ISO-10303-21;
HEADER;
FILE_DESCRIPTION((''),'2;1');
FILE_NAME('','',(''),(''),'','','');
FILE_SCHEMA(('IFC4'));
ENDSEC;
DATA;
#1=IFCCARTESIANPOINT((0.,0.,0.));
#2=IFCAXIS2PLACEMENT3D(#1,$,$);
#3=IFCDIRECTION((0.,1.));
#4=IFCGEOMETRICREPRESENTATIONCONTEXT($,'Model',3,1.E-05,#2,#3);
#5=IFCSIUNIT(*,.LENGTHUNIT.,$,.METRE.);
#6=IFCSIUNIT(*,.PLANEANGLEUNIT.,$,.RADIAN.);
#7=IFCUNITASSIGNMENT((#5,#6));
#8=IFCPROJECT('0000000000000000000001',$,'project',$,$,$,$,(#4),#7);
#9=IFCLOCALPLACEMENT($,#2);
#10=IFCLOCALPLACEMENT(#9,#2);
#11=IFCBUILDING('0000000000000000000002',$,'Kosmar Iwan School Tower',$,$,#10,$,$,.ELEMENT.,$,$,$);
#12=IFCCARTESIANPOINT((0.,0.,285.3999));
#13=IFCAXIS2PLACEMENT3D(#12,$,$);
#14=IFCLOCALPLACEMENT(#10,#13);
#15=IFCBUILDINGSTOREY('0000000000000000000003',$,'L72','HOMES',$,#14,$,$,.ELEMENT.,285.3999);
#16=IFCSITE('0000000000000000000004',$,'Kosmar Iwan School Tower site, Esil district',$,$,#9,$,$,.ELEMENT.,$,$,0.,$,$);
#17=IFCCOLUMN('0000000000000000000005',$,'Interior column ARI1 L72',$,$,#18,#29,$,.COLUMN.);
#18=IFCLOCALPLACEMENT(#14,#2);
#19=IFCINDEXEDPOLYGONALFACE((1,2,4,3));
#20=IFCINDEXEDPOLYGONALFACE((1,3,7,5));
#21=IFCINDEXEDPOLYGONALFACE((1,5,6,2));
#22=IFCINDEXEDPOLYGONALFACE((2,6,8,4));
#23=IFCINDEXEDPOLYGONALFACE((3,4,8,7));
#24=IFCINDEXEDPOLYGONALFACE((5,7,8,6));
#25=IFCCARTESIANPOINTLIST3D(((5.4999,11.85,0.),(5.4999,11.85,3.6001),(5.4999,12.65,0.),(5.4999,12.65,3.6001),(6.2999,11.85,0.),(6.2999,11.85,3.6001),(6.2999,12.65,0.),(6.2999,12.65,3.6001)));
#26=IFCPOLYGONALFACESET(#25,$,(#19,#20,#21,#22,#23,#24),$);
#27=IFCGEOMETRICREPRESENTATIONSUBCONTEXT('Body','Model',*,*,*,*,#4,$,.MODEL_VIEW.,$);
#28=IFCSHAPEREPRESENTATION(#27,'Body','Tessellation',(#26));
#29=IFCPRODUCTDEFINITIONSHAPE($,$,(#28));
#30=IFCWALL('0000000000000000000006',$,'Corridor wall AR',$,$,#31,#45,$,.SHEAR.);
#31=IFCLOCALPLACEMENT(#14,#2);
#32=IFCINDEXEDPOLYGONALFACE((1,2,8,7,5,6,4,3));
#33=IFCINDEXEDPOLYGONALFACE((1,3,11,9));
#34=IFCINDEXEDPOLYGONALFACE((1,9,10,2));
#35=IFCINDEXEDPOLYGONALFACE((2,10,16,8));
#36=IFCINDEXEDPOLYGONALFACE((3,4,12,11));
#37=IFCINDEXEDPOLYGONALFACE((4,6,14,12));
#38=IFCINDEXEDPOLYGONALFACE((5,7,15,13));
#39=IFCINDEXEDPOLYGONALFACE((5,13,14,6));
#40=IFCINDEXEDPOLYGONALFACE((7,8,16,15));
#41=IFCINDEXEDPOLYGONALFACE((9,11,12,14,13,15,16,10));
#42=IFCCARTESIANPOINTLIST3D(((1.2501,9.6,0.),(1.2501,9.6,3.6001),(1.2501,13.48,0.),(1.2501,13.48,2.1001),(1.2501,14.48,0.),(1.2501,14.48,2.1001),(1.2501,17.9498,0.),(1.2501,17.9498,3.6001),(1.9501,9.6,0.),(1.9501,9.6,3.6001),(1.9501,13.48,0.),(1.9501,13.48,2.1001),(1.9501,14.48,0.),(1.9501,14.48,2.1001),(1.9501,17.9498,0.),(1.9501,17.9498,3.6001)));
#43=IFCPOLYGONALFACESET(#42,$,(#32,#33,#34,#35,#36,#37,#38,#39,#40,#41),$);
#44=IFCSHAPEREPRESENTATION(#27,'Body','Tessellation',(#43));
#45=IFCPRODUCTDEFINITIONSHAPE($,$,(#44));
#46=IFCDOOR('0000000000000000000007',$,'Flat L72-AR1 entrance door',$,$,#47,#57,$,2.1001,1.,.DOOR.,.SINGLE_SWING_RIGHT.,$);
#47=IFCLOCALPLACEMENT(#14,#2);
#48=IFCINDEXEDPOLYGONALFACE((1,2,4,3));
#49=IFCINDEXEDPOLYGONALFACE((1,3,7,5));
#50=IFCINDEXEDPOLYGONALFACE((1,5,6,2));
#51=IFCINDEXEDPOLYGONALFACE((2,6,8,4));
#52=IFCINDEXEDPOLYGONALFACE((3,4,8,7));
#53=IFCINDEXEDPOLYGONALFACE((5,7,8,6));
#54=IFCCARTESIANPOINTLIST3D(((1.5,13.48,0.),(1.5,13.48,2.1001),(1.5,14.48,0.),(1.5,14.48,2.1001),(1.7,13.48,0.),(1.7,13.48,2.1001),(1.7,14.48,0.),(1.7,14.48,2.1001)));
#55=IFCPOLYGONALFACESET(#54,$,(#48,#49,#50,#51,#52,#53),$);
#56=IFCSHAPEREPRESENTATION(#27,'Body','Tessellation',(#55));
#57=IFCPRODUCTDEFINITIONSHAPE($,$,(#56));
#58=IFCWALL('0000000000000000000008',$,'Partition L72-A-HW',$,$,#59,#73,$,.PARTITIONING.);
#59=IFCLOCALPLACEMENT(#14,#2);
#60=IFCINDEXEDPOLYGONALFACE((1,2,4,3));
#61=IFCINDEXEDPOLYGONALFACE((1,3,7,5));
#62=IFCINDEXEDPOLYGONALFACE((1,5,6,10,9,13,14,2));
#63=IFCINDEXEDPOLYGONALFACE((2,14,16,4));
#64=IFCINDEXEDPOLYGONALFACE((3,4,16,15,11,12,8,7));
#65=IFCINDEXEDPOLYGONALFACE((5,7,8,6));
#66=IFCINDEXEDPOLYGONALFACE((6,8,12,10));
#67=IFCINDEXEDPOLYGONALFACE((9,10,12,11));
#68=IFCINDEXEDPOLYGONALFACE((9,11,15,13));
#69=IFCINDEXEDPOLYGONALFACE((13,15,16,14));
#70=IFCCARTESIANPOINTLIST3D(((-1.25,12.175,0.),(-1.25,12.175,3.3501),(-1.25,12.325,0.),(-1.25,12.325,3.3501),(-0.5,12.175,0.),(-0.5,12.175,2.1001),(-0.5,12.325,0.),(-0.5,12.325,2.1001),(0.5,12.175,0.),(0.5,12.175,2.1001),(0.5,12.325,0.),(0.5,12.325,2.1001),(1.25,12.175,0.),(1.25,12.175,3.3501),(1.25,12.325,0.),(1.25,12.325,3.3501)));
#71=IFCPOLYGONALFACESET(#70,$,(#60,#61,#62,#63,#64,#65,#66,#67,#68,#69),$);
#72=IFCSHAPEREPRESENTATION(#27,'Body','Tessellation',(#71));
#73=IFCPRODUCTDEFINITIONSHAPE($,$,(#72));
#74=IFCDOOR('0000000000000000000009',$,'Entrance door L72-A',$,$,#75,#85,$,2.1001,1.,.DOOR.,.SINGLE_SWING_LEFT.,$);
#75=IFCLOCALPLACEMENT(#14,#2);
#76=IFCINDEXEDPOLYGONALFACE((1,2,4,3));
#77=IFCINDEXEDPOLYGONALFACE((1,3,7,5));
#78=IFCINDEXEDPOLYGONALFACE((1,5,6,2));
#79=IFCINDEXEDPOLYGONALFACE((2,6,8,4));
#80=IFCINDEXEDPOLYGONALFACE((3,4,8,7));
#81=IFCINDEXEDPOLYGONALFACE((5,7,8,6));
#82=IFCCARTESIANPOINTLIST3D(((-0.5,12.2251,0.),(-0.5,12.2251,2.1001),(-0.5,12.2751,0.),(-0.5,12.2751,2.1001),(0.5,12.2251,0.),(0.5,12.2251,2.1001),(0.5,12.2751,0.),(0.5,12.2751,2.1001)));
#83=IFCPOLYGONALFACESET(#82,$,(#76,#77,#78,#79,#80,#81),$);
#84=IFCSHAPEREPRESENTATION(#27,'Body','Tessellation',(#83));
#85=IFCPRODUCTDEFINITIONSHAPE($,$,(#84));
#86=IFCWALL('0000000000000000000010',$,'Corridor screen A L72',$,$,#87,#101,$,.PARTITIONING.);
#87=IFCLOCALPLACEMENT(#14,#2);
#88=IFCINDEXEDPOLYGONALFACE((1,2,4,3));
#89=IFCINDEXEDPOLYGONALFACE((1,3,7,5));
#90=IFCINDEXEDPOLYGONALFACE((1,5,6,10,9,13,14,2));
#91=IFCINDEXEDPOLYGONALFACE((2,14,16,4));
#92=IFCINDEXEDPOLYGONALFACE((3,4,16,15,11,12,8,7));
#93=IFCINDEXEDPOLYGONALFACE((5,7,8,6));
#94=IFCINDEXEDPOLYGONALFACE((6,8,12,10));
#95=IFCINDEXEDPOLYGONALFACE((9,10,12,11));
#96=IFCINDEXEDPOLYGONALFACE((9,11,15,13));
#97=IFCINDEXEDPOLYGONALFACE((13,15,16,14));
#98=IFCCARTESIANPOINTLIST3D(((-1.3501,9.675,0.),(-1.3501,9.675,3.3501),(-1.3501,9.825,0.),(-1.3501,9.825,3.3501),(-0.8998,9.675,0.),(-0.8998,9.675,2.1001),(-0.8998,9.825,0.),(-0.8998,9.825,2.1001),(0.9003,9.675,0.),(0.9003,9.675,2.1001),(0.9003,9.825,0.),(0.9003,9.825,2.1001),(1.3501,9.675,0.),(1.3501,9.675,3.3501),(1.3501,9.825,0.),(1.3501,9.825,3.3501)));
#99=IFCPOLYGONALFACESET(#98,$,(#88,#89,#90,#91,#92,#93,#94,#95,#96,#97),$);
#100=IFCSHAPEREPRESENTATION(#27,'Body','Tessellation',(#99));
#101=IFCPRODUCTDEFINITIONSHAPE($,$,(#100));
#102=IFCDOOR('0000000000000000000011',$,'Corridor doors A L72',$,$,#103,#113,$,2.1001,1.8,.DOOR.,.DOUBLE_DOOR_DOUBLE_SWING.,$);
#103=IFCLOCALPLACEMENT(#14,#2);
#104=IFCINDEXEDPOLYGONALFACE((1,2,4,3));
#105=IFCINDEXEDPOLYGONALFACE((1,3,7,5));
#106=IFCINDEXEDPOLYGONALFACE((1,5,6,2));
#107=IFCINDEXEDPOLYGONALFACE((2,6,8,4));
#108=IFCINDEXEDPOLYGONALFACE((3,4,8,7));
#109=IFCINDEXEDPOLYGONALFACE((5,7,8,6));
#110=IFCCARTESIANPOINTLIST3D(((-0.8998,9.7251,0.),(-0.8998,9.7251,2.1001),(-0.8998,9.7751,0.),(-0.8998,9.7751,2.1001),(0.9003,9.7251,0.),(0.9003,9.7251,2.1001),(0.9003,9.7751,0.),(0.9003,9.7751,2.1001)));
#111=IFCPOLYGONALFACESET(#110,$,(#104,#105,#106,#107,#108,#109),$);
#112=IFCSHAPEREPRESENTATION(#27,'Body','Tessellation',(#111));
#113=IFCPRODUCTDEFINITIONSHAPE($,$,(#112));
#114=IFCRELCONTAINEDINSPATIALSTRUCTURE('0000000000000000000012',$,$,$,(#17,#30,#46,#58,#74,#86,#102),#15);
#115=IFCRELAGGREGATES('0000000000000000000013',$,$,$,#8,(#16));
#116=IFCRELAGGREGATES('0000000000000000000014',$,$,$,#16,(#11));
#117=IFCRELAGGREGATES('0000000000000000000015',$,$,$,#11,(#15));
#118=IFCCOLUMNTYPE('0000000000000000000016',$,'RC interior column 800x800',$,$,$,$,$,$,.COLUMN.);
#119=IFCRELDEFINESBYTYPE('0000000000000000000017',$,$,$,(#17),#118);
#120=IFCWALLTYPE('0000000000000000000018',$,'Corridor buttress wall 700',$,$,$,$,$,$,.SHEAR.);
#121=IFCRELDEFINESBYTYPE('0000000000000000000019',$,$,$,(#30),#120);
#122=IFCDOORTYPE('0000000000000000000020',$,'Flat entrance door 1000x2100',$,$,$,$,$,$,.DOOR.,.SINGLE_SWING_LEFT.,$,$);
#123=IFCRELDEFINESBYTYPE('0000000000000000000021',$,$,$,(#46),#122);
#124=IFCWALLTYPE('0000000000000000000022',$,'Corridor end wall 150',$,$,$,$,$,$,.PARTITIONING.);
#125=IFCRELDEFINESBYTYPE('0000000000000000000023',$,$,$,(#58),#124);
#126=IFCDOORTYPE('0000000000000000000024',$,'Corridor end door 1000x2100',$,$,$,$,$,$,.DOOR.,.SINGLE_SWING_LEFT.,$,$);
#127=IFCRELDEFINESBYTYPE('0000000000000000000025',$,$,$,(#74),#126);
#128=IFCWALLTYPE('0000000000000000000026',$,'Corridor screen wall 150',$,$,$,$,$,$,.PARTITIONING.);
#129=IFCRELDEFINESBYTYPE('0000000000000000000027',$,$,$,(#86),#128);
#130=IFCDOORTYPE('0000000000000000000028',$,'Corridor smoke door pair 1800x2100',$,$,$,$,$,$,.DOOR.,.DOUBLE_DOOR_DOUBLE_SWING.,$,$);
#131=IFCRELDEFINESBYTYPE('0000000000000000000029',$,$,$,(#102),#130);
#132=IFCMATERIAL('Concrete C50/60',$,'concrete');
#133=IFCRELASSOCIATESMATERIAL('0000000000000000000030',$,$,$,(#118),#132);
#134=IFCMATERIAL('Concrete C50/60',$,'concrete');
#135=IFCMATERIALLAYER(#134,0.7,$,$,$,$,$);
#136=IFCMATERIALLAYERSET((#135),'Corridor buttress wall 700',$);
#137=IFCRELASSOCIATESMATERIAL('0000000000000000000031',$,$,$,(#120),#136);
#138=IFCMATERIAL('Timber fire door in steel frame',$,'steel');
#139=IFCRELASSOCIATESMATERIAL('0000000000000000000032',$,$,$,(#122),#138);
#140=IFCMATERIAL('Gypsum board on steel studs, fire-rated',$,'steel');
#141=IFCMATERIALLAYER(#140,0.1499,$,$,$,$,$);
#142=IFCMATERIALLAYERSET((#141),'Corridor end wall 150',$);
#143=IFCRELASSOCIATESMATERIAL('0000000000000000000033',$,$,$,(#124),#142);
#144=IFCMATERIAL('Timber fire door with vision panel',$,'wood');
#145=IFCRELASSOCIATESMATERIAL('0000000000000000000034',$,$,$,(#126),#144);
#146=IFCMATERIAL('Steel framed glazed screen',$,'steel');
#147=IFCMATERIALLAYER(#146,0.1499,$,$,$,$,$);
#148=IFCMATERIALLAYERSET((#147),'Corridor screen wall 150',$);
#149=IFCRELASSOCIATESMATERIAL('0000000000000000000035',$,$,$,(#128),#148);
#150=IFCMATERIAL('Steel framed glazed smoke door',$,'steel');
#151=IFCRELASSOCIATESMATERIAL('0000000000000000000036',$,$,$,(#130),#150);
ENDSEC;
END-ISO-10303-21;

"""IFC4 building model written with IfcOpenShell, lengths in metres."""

from ifc_helpers import new_model, si_unit, direction, frame, frame_2d, origin, origin_2d, place, context, subcontext, project, spatial, rectangle, extrude, material, layer, layer_set, material_profile, profile_set, type_object, element, fill, save


model = new_model("IFC4")

# Units and contexts
model_context = context("Model", 3, precision=1e-05, world=origin(), true_north=direction((0.0, 1.0)))
body_context = subcontext(model_context, "Body", "Model", "MODEL_VIEW")
ifc_project = project(units=[si_unit("LENGTHUNIT", "METRE"), si_unit("PLANEANGLEUNIT", "RADIAN")], contexts=[model_context])

# Site, building, storey
site_placement = place(None, origin())
site = spatial("IfcSite", under=ifc_project, at=site_placement, Name="Kosmar Iwan School Tower site, Esil district", CompositionType="ELEMENT", RefElevation=0.0)
building_placement = place(site_placement, origin())
building = spatial("IfcBuilding", under=site, at=building_placement, Name="Kosmar Iwan School Tower", CompositionType="ELEMENT")
storey_placement = place(building_placement, frame((0.0, 0.0, 285.3999)))
storey = spatial("IfcBuildingStorey", under=building, at=storey_placement, Name="L72", Description="HOMES", CompositionType="ELEMENT", Elevation=285.3999)

# Column
ifc_material_1 = material(Name="Concrete C50/60", Category="concrete")
ifc_material_profile = material_profile(ifc_material_1, rectangle(XDim=0.8, YDim=0.8, at=origin_2d()), Name="RC 800x800")
ifc_profile_set = profile_set([ifc_material_profile], Name="Concrete C50/60")
column_type = type_object("IfcColumnType", Name="RC interior column 800x800", PredefinedType="COLUMN", material=ifc_profile_set)
column_placement = place(storey_placement, frame((5.8999, 12.25, 0.0), z_axis=(0.0, 0.0, 1.0), x_axis=(0.0, 1.0, 0.0)))
element("IfcColumn", 1, at=column_placement, inside=storey, type_object=column_type, Name="Interior column ARI1 L72", PredefinedType="COLUMN", context=body_context, shape_type="SweptSolid", body=[
    extrude(rectangle(XDim=0.8, YDim=0.8, at=origin_2d()), origin(), (0.0, 0.0, 1.0), 3.6001),
])

# Walls, openings, doors
ifc_material_2 = material(Name="Concrete C50/60", Category="concrete")
ifc_layer_1 = layer(ifc_material_2, 0.7)
ifc_layer_set_1 = layer_set([ifc_layer_1], Name="Corridor buttress wall 700")
wall_type_1 = type_object("IfcWallType", Name="Corridor buttress wall 700", PredefinedType="SHEAR", material=ifc_layer_set_1)
wall_1_placement = place(storey_placement, frame((1.6001, 9.6001, 0.0), z_axis=(0.0, 0.0, 1.0), x_axis=(0.0, 1.0, 0.0)))
wall_1 = element("IfcWall", 2, at=wall_1_placement, inside=storey, type_object=wall_type_1, Name="Corridor wall AR", PredefinedType="SHEAR", context=body_context, shape_type="SweptSolid", body=[
    extrude(rectangle(XDim=8.3499, YDim=0.7, at=frame_2d((4.1748, 0.0))), origin(), (0.0, 0.0, 1.0), 3.6001),
])
opening_1_placement = place(wall_1_placement, frame((3.8799, 0.0, 0.0)))
opening_1 = element("IfcOpeningElement", 3, at=opening_1_placement, cuts=wall_1, PredefinedType="OPENING", context=body_context, shape_type="SweptSolid", body=[
    extrude(rectangle(XDim=1.0, YDim=2.1001, at=frame_2d((0.5, 1.05))), frame((0.0, 0.3621, 0.0), z_axis=(0.0, -1.0, 0.0), x_axis=(1.0, 0.0, 0.0)), (0.0, 0.0, 1.0), 0.7239),
])
ifc_material_3 = material(Name="Timber fire door in steel frame", Category="steel")
door_type_1 = type_object("IfcDoorType", Name="Flat entrance door 1000x2100", OperationType="SINGLE_SWING_LEFT", PredefinedType="DOOR", material=ifc_material_3)
door_1_placement = place(opening_1_placement, origin())
door_1 = element("IfcDoor", 4, at=door_1_placement, inside=storey, type_object=door_type_1, Name="Flat L72-AR1 entrance door", OperationType="SINGLE_SWING_RIGHT", OverallHeight=2.1001, OverallWidth=1.0, PredefinedType="DOOR", context=body_context, shape_type="SweptSolid", body=[
    extrude(rectangle(XDim=1.0, YDim=2.1001, at=frame_2d((0.5, 1.05))), frame((0.0, 0.1001, 0.0), z_axis=(0.0, -1.0, 0.0), x_axis=(1.0, 0.0, 0.0)), (0.0, 0.0, 1.0), 0.2),
])
fill(opening_1, door_1)
ifc_material_4 = material(Name="Gypsum board on steel studs, fire-rated", Category="steel")
ifc_layer_2 = layer(ifc_material_4, 0.1499)
ifc_layer_set_2 = layer_set([ifc_layer_2], Name="Corridor end wall 150")
wall_type_2 = type_object("IfcWallType", Name="Corridor end wall 150", PredefinedType="PARTITIONING", material=ifc_layer_set_2)
wall_2_placement = place(storey_placement, frame((1.25, 12.25, 0.0), z_axis=(0.0, 0.0, 1.0), x_axis=(-1.0, 0.0, 0.0)))
wall_2 = element("IfcWall", 5, at=wall_2_placement, inside=storey, type_object=wall_type_2, Name="Partition L72-A-HW", PredefinedType="PARTITIONING", context=body_context, shape_type="SweptSolid", body=[
    extrude(rectangle(XDim=2.5, YDim=0.1499, at=frame_2d((1.25, 0.0))), origin(), (0.0, 0.0, 1.0), 3.3501),
])
opening_2_placement = place(wall_2_placement, frame((0.75, 0.0, 0.0)))
opening_2 = element("IfcOpeningElement", 6, at=opening_2_placement, cuts=wall_2, PredefinedType="OPENING", context=body_context, shape_type="SweptSolid", body=[
    extrude(rectangle(XDim=1.0, YDim=2.1001, at=frame_2d((0.5, 1.05))), frame((0.0, 0.0869, 0.0), z_axis=(0.0, -1.0, 0.0), x_axis=(1.0, 0.0, 0.0)), (0.0, 0.0, 1.0), 0.1738),
])
ifc_material_5 = material(Name="Timber fire door with vision panel", Category="wood")
door_type_2 = type_object("IfcDoorType", Name="Corridor end door 1000x2100", OperationType="SINGLE_SWING_LEFT", PredefinedType="DOOR", material=ifc_material_5)
door_2_placement = place(opening_2_placement, origin())
door_2 = element("IfcDoor", 7, at=door_2_placement, inside=storey, type_object=door_type_2, Name="Entrance door L72-A", OperationType="SINGLE_SWING_LEFT", OverallHeight=2.1001, OverallWidth=1.0, PredefinedType="DOOR", context=body_context, shape_type="SweptSolid", body=[
    extrude(rectangle(XDim=1.0, YDim=2.1001, at=frame_2d((0.5, 1.05))), frame((0.0, 0.0249, 0.0), z_axis=(0.0, -1.0, 0.0), x_axis=(1.0, 0.0, 0.0)), (0.0, 0.0, 1.0), 0.05),
])
fill(opening_2, door_2)
ifc_material_6 = material(Name="Steel framed glazed screen", Category="steel")
ifc_layer_3 = layer(ifc_material_6, 0.1499)
ifc_layer_set_3 = layer_set([ifc_layer_3], Name="Corridor screen wall 150")
wall_type_3 = type_object("IfcWallType", Name="Corridor screen wall 150", PredefinedType="PARTITIONING", material=ifc_layer_set_3)
wall_3_placement = place(storey_placement, frame((1.3501, 9.75, 0.0), z_axis=(0.0, 0.0, 1.0), x_axis=(-1.0, 0.0, 0.0)))
wall_3 = element("IfcWall", 8, at=wall_3_placement, inside=storey, type_object=wall_type_3, Name="Corridor screen A L72", PredefinedType="PARTITIONING", context=body_context, shape_type="SweptSolid", body=[
    extrude(rectangle(XDim=2.7002, YDim=0.1499, at=frame_2d((1.3501, 0.0))), origin(), (0.0, 0.0, 1.0), 3.3501),
])
opening_3_placement = place(wall_3_placement, frame((0.45, 0.0, 0.0)))
opening_3 = element("IfcOpeningElement", 9, at=opening_3_placement, cuts=wall_3, PredefinedType="OPENING", context=body_context, shape_type="SweptSolid", body=[
    extrude(rectangle(XDim=1.8, YDim=2.1001, at=frame_2d((0.8999, 1.05))), frame((0.0, 0.0869, 0.0), z_axis=(0.0, -1.0, 0.0), x_axis=(1.0, 0.0, 0.0)), (0.0, 0.0, 1.0), 0.1738),
])
ifc_material_7 = material(Name="Steel framed glazed smoke door", Category="steel")
door_type_3 = type_object("IfcDoorType", Name="Corridor smoke door pair 1800x2100", OperationType="DOUBLE_DOOR_DOUBLE_SWING", PredefinedType="DOOR", material=ifc_material_7)
door_3_placement = place(opening_3_placement, origin())
door_3 = element("IfcDoor", 10, at=door_3_placement, inside=storey, type_object=door_type_3, Name="Corridor doors A L72", OperationType="DOUBLE_DOOR_DOUBLE_SWING", OverallHeight=2.1001, OverallWidth=1.8, PredefinedType="DOOR", context=body_context, shape_type="SweptSolid", body=[
    extrude(rectangle(XDim=1.8, YDim=2.1001, at=frame_2d((0.8999, 1.05))), frame((0.0, 0.0249, 0.0), z_axis=(0.0, -1.0, 0.0), x_axis=(1.0, 0.0, 0.0)), (0.0, 0.0, 1.0), 0.05),
])
fill(opening_3, door_3)

save(model, "model.ifc")
